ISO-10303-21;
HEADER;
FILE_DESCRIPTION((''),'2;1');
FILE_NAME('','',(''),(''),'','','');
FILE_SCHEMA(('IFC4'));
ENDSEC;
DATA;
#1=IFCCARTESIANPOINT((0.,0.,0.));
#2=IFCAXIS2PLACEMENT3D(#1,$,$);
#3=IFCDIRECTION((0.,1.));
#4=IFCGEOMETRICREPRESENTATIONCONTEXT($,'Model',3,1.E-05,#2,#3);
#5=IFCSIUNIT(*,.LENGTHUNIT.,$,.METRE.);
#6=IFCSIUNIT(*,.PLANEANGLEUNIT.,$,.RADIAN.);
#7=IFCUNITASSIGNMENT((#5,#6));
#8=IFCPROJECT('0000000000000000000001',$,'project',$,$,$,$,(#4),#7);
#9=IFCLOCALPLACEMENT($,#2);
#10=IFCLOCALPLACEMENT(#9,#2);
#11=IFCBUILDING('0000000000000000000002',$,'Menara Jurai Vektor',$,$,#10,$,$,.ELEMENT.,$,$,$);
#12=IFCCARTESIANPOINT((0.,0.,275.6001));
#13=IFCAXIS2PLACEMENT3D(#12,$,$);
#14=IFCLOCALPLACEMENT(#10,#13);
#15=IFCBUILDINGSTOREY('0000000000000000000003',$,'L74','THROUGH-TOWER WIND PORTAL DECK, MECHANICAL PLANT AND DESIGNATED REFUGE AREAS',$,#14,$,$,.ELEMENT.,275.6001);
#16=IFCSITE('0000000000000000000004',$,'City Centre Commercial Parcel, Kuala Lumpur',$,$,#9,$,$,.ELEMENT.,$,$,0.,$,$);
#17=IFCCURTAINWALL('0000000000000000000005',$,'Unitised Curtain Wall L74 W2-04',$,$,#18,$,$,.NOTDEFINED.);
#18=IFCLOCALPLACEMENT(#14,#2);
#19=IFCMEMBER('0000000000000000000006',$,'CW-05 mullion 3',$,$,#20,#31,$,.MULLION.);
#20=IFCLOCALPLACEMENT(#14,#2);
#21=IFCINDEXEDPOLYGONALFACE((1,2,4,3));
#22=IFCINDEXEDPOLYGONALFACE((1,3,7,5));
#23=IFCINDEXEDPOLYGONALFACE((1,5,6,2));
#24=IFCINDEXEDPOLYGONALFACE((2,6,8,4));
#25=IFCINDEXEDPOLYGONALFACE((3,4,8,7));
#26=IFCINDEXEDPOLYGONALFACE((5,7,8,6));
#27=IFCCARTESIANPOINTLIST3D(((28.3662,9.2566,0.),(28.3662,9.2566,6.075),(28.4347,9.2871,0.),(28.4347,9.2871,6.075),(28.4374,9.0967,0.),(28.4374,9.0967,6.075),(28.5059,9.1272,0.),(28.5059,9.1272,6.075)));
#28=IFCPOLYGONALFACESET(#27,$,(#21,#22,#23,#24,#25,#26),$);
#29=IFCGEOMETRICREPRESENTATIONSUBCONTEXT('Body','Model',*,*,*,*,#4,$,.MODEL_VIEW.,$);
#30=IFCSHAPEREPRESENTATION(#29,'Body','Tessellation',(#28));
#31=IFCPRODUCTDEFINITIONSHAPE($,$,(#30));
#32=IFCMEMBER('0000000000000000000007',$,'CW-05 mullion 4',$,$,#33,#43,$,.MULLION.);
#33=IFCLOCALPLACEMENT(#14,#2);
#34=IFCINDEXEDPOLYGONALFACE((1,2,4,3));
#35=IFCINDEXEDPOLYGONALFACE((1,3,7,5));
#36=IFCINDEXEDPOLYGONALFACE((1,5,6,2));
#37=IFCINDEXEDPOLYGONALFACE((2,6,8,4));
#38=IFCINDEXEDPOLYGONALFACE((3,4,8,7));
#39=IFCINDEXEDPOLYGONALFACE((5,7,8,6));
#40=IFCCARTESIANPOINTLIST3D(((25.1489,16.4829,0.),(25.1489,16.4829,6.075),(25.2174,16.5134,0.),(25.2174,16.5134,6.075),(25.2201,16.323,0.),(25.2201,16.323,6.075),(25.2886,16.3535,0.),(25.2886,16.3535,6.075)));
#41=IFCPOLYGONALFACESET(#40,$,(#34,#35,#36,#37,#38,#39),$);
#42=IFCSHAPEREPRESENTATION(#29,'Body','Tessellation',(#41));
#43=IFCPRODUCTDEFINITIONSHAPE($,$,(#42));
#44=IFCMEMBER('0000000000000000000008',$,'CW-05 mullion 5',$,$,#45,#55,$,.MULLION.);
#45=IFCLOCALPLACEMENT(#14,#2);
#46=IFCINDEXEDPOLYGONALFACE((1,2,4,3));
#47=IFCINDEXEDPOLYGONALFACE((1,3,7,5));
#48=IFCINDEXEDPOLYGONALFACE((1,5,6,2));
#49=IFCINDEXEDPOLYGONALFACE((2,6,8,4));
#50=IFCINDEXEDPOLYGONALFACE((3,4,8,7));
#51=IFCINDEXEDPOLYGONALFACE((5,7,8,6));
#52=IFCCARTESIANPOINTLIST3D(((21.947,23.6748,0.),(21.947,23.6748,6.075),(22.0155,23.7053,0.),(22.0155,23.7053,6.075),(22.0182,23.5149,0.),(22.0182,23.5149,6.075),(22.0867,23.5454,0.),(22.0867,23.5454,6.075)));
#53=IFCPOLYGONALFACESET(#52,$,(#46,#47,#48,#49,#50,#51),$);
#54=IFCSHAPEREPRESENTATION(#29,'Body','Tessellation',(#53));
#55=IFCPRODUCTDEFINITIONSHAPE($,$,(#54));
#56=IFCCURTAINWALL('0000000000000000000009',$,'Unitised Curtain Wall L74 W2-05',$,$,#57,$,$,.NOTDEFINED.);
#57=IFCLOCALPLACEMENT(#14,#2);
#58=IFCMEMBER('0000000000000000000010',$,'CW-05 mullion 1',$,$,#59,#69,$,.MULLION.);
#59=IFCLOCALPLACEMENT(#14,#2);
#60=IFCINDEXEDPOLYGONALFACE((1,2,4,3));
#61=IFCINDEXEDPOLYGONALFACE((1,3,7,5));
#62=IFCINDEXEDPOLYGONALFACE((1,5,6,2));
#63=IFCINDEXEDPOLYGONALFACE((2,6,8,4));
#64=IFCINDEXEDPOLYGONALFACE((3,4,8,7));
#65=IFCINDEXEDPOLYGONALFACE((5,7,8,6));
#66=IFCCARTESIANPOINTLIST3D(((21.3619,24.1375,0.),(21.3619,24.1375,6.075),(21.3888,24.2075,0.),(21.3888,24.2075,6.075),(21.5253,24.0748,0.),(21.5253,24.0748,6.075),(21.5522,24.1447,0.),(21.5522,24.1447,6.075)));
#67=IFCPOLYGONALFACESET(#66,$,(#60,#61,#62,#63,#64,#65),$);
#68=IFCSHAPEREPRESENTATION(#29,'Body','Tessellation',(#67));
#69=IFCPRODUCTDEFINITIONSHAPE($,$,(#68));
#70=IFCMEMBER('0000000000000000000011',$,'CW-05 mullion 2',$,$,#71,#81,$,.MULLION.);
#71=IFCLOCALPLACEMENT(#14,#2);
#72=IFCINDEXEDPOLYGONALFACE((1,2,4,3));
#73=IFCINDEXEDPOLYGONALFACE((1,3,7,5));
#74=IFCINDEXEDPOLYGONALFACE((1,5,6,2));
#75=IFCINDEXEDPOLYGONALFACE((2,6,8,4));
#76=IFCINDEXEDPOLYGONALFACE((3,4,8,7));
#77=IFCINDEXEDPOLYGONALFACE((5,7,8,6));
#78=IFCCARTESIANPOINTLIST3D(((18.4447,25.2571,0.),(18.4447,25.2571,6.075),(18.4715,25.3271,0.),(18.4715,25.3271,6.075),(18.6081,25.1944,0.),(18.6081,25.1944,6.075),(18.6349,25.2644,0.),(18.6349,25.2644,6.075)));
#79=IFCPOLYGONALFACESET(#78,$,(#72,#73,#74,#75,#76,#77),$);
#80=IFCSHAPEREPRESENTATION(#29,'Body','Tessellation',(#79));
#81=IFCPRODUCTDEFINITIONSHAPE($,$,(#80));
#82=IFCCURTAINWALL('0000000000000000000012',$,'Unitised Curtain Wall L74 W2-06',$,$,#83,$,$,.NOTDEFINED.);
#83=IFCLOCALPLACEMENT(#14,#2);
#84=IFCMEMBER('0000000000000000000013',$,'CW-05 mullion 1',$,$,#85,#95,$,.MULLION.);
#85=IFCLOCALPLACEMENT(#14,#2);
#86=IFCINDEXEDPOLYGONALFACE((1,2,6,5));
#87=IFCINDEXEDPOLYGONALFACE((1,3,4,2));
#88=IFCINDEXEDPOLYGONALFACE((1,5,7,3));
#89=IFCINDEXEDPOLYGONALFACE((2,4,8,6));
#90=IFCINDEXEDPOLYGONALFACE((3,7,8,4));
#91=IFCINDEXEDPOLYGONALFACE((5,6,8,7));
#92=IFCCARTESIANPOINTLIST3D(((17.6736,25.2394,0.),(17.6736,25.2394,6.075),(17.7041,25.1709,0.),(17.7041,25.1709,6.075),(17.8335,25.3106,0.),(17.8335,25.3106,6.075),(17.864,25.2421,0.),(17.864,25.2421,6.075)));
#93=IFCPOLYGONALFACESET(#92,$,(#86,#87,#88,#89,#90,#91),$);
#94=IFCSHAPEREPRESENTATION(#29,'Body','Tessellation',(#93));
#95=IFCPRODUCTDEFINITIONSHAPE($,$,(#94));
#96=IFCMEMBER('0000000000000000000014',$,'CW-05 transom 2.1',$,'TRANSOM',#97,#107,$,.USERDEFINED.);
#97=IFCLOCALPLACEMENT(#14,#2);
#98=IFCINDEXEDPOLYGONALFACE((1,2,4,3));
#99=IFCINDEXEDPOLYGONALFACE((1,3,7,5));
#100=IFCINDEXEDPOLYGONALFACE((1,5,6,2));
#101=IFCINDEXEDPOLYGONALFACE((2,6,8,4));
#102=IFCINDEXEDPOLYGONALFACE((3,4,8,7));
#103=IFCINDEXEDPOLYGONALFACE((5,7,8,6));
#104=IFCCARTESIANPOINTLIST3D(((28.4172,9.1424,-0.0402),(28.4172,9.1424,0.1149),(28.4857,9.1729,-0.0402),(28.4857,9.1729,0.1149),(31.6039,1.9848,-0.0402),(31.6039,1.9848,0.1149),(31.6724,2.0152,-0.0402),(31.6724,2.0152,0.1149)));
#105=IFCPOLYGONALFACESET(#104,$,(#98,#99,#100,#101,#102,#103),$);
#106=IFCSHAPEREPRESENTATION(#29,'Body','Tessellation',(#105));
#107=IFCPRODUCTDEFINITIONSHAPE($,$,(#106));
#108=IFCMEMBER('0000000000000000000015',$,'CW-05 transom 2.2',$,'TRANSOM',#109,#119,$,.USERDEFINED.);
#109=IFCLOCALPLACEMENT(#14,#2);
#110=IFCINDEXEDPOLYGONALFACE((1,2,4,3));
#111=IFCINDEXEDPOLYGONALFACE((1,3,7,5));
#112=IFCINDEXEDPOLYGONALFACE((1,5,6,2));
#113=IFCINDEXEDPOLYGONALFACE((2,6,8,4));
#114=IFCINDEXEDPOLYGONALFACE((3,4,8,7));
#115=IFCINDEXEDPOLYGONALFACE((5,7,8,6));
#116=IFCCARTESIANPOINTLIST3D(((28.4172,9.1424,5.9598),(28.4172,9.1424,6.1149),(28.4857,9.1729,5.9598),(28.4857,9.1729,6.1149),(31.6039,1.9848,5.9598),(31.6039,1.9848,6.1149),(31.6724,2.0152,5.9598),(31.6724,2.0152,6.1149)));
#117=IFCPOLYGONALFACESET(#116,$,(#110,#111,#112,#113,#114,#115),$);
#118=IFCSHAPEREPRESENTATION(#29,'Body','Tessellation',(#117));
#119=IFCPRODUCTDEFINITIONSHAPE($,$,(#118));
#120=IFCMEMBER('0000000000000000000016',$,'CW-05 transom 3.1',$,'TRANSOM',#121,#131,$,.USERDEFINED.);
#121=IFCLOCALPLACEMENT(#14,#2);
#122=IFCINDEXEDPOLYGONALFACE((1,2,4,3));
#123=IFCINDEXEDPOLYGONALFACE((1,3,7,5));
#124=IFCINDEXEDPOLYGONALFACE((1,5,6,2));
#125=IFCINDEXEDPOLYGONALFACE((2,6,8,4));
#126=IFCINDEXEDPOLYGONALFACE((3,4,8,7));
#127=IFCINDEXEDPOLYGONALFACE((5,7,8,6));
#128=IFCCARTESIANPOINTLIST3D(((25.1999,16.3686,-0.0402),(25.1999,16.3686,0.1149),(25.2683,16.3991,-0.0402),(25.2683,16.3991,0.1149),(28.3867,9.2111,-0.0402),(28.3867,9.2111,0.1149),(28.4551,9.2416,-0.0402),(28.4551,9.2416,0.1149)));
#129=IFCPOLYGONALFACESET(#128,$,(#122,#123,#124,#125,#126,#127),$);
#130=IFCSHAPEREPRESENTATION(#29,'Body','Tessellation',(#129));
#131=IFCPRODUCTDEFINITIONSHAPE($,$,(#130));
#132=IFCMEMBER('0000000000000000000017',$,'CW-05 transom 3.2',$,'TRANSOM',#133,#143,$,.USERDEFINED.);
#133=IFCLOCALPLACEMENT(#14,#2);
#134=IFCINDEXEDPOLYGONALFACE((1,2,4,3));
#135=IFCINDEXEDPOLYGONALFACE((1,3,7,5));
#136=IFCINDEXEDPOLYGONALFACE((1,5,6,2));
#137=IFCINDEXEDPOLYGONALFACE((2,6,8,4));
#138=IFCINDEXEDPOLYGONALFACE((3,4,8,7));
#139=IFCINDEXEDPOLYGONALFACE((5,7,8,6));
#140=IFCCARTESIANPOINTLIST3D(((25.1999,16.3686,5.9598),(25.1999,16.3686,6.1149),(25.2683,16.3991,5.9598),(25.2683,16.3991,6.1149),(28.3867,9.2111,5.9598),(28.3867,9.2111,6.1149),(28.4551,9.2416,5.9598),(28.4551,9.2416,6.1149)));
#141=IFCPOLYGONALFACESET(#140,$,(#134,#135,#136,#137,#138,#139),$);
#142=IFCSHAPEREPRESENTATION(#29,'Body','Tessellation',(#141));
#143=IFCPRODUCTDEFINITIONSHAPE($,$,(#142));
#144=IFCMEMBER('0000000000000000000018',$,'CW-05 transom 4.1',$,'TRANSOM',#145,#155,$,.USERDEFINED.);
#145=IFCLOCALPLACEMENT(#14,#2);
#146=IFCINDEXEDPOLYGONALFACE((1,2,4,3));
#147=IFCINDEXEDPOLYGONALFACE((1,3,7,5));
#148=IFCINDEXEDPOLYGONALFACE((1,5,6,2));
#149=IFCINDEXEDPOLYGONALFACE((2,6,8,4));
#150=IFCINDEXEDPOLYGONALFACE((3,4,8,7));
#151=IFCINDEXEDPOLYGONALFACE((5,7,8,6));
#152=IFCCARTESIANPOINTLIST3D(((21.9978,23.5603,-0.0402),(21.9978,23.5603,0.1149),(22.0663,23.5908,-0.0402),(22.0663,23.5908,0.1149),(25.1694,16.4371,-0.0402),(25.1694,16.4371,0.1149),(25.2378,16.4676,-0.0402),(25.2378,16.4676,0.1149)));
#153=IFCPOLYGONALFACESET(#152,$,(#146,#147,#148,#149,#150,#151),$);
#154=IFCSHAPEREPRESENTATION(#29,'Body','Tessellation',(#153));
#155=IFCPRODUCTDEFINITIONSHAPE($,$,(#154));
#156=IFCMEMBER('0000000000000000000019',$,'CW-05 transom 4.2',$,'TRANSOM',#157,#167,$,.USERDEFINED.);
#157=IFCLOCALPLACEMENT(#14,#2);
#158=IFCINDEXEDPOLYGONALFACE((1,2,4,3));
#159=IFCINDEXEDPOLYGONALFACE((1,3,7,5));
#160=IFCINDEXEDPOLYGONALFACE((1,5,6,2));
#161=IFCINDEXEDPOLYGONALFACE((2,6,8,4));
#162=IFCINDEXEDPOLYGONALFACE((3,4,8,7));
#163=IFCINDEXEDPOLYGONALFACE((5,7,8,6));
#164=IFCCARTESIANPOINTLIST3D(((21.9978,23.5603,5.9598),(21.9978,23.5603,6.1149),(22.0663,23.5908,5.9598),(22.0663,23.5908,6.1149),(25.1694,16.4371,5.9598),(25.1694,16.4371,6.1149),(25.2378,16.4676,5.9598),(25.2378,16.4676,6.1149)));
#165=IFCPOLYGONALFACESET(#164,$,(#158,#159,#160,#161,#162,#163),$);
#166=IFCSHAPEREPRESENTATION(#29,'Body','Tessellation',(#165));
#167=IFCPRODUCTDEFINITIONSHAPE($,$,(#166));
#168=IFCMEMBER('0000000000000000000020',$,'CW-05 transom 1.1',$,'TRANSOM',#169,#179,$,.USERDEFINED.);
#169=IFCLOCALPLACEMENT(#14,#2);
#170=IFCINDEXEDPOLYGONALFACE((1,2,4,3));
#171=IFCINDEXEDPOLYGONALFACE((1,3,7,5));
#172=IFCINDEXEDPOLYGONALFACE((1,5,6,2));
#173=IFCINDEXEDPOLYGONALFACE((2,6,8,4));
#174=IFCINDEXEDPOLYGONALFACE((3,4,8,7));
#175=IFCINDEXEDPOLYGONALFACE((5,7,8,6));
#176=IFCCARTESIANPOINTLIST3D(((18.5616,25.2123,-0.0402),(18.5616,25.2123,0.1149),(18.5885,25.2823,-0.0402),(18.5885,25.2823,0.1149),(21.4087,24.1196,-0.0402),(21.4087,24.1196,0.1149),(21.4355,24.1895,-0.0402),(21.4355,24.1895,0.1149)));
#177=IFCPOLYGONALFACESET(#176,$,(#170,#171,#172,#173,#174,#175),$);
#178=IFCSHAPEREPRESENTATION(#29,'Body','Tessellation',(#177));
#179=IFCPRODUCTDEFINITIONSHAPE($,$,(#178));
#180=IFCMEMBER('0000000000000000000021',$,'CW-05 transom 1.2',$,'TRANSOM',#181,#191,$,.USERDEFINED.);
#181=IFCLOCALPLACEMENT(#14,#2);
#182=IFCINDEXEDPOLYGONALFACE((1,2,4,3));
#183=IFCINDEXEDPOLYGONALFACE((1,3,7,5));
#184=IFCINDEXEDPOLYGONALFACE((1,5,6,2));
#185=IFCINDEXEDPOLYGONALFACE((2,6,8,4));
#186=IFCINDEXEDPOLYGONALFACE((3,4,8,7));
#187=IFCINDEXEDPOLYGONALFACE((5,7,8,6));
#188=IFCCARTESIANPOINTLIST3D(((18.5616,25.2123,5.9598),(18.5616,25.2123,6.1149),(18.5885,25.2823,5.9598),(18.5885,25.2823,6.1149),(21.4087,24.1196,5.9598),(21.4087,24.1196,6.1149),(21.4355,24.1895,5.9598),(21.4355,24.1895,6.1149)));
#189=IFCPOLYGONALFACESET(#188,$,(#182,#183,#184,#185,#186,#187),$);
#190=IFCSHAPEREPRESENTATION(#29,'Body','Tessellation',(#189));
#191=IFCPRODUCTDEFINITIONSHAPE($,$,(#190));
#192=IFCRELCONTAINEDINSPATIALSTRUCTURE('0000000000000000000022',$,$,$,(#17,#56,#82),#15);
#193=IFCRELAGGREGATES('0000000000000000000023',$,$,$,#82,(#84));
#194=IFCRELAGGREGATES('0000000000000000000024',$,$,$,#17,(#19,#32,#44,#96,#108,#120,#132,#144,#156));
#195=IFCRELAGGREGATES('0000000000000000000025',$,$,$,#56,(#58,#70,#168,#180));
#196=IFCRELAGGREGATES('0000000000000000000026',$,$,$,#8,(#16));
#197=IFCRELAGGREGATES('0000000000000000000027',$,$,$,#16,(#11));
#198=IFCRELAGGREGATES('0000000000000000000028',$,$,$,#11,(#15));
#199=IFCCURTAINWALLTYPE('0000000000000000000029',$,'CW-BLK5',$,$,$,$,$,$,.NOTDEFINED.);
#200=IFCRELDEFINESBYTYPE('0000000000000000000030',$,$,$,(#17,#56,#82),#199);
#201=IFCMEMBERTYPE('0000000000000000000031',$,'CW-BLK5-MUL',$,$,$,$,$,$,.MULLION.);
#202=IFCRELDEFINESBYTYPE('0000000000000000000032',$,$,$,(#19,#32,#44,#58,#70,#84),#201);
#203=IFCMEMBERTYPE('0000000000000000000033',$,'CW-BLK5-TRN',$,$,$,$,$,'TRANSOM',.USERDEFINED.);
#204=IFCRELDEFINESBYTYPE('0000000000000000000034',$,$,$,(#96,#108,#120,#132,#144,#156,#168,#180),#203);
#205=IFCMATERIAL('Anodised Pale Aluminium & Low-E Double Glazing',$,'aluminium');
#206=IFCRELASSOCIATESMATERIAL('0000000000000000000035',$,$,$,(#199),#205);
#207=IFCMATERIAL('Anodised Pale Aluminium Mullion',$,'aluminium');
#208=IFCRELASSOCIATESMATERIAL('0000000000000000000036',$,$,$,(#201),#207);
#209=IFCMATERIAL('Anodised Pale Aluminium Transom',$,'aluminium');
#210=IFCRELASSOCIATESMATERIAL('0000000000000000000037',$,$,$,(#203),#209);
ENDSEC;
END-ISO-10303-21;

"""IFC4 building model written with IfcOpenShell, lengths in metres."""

from ifc_helpers import new_model, si_unit, direction, frame, origin, origin_2d, place, context, subcontext, project, spatial, rectangle, extrude, material, material_profile, profile_set, type_object, element, aggregate, save


model = new_model("IFC4")

# Units and contexts
model_context = context("Model", 3, precision=1e-05, world=origin(), true_north=direction((0.0, 1.0)))
body_context = subcontext(model_context, "Body", "Model", "MODEL_VIEW")
ifc_project = project(units=[si_unit("LENGTHUNIT", "METRE"), si_unit("PLANEANGLEUNIT", "RADIAN")], contexts=[model_context])

# Site, building, storey
site_placement = place(None, origin())
site = spatial("IfcSite", under=ifc_project, at=site_placement, Name="City Centre Commercial Parcel, Kuala Lumpur", CompositionType="ELEMENT", RefElevation=0.0)
building_placement = place(site_placement, origin())
building = spatial("IfcBuilding", under=site, at=building_placement, Name="Menara Jurai Vektor", CompositionType="ELEMENT")
storey_placement = place(building_placement, frame((0.0, 0.0, 275.6001)))
storey = spatial("IfcBuildingStorey", under=building, at=storey_placement, Name="L74", Description="THROUGH-TOWER WIND PORTAL DECK, MECHANICAL PLANT AND DESIGNATED REFUGE AREAS", CompositionType="ELEMENT", Elevation=275.6001)

# Curtain walls, members
ifc_material_1 = material(Name="Anodised Pale Aluminium & Low-E Double Glazing", Category="aluminium")
curtain_wall_type = type_object("IfcCurtainWallType", Name="CW-BLK5", PredefinedType="NOTDEFINED", material=ifc_material_1)
curtain_wall_1_placement = place(storey_placement, origin())
curtain_wall_1 = element("IfcCurtainWall", 1, at=curtain_wall_1_placement, inside=storey, type_object=curtain_wall_type, Name="Unitised Curtain Wall L74 W2-04", PredefinedType="NOTDEFINED")
ifc_material_2 = material(Name="Anodised Pale Aluminium Mullion", Category="aluminium")
ifc_material_profile_1 = material_profile(ifc_material_2, rectangle(XDim=0.075, YDim=0.175, at=origin_2d()), Name="ALU MUL 75x175")
ifc_profile_set_1 = profile_set([ifc_material_profile_1], Name="Anodised Pale Aluminium Mullion")
member_type_1 = type_object("IfcMemberType", Name="CW-BLK5-MUL", PredefinedType="MULLION", material=ifc_profile_set_1)
member_1_placement = place(storey_placement, frame((28.436, 9.1919, 0.0), z_axis=(0.0, 0.0, 1.0), x_axis=(-0.913546, -0.406735, 0.0)))
member_1 = element("IfcMember", 2, at=member_1_placement, type_object=member_type_1, Name="CW-05 mullion 3", PredefinedType="MULLION", context=body_context, shape_type="SweptSolid", body=[
    extrude(rectangle(XDim=0.075, YDim=0.175, at=origin_2d()), origin(), (0.0, 0.0, 1.0), 6.075),
])
member_2_placement = place(storey_placement, frame((25.2188, 16.4182, 0.0), z_axis=(0.0, 0.0, 1.0), x_axis=(-0.913546, -0.406735, 0.0)))
member_2 = element("IfcMember", 3, at=member_2_placement, type_object=member_type_1, Name="CW-05 mullion 4", PredefinedType="MULLION", context=body_context, shape_type="SweptSolid", body=[
    extrude(rectangle(XDim=0.075, YDim=0.175, at=origin_2d()), origin(), (0.0, 0.0, 1.0), 6.075),
])
member_3_placement = place(storey_placement, frame((22.0168, 23.6101, 0.0), z_axis=(0.0, 0.0, 1.0), x_axis=(-0.913546, -0.406735, 0.0)))
member_3 = element("IfcMember", 4, at=member_3_placement, type_object=member_type_1, Name="CW-05 mullion 5", PredefinedType="MULLION", context=body_context, shape_type="SweptSolid", body=[
    extrude(rectangle(XDim=0.075, YDim=0.175, at=origin_2d()), origin(), (0.0, 0.0, 1.0), 6.075),
])
curtain_wall_2_placement = place(storey_placement, origin())
curtain_wall_2 = element("IfcCurtainWall", 5, at=curtain_wall_2_placement, inside=storey, type_object=curtain_wall_type, Name="Unitised Curtain Wall L74 W2-05", PredefinedType="NOTDEFINED")
member_4_placement = place(storey_placement, frame((21.457, 24.1411, 0.0), z_axis=(0.0, 0.0, 1.0), x_axis=(-0.358374, -0.933578, 0.0)))
member_4 = element("IfcMember", 6, at=member_4_placement, type_object=member_type_1, Name="CW-05 mullion 1", PredefinedType="MULLION", context=body_context, shape_type="SweptSolid", body=[
    extrude(rectangle(XDim=0.075, YDim=0.175, at=origin_2d()), origin(), (0.0, 0.0, 1.0), 6.075),
])
member_5_placement = place(storey_placement, frame((18.5398, 25.2607, 0.0), z_axis=(0.0, 0.0, 1.0), x_axis=(-0.358374, -0.933578, 0.0)))
member_5 = element("IfcMember", 7, at=member_5_placement, type_object=member_type_1, Name="CW-05 mullion 2", PredefinedType="MULLION", context=body_context, shape_type="SweptSolid", body=[
    extrude(rectangle(XDim=0.075, YDim=0.175, at=origin_2d()), origin(), (0.0, 0.0, 1.0), 6.075),
])

# Curtain wall, member
curtain_wall_3_placement = place(storey_placement, origin())
curtain_wall_3 = element("IfcCurtainWall", 8, at=curtain_wall_3_placement, inside=storey, type_object=curtain_wall_type, Name="Unitised Curtain Wall L74 W2-06", PredefinedType="NOTDEFINED")
member_6_placement = place(storey_placement, frame((17.7688, 25.2407, 0.0), z_axis=(0.0, 0.0, 1.0), x_axis=(0.406733, -0.913547, 0.0)))
member_6 = element("IfcMember", 9, at=member_6_placement, type_object=member_type_1, Name="CW-05 mullion 1", PredefinedType="MULLION", context=body_context, shape_type="SweptSolid", body=[
    extrude(rectangle(XDim=0.075, YDim=0.175, at=origin_2d()), origin(), (0.0, 0.0, 1.0), 6.075),
])

# Members
ifc_material_3 = material(Name="Anodised Pale Aluminium Transom", Category="aluminium")
ifc_material_profile_2 = material_profile(ifc_material_3, rectangle(XDim=0.075, YDim=0.155, at=origin_2d()), Name="ALU TRN 75x155")
ifc_profile_set_2 = profile_set([ifc_material_profile_2], Name="Anodised Pale Aluminium Transom")
member_type_2 = type_object("IfcMemberType", Name="CW-BLK5-TRN", ElementType="TRANSOM", PredefinedType="USERDEFINED", material=ifc_profile_set_2)
member_7_placement = place(storey_placement, frame((31.6382, 2.0, 0.0374), z_axis=(-0.406731, 0.913548, 0.0), x_axis=(-0.913548, -0.406731, 0.0)))
member_7 = element("IfcMember", 10, at=member_7_placement, type_object=member_type_2, Name="CW-05 transom 2.1", ObjectType="TRANSOM", PredefinedType="USERDEFINED", context=body_context, shape_type="SweptSolid", body=[
    extrude(rectangle(XDim=0.075, YDim=0.155, at=origin_2d()), origin(), (0.0, 0.0, 1.0), 7.835),
])
member_8_placement = place(storey_placement, frame((31.6382, 2.0, 6.0374), z_axis=(-0.406731, 0.913548, 0.0), x_axis=(-0.913548, -0.406731, 0.0)))
member_8 = element("IfcMember", 11, at=member_8_placement, type_object=member_type_2, Name="CW-05 transom 2.2", ObjectType="TRANSOM", PredefinedType="USERDEFINED", context=body_context, shape_type="SweptSolid", body=[
    extrude(rectangle(XDim=0.075, YDim=0.155, at=origin_2d()), origin(), (0.0, 0.0, 1.0), 7.835),
])
member_9_placement = place(storey_placement, frame((28.4209, 9.2263, 0.0374), z_axis=(-0.406743, 0.913543, 0.0), x_axis=(-0.913543, -0.406743, 0.0)))
member_9 = element("IfcMember", 12, at=member_9_placement, type_object=member_type_2, Name="CW-05 transom 3.1", ObjectType="TRANSOM", PredefinedType="USERDEFINED", context=body_context, shape_type="SweptSolid", body=[
    extrude(rectangle(XDim=0.075, YDim=0.155, at=origin_2d()), origin(), (0.0, 0.0, 1.0), 7.835),
])
member_10_placement = place(storey_placement, frame((28.4209, 9.2263, 6.0374), z_axis=(-0.406743, 0.913543, 0.0), x_axis=(-0.913543, -0.406743, 0.0)))
member_10 = element("IfcMember", 13, at=member_10_placement, type_object=member_type_2, Name="CW-05 transom 3.2", ObjectType="TRANSOM", PredefinedType="USERDEFINED", context=body_context, shape_type="SweptSolid", body=[
    extrude(rectangle(XDim=0.075, YDim=0.155, at=origin_2d()), origin(), (0.0, 0.0, 1.0), 7.835),
])
member_11_placement = place(storey_placement, frame((25.2036, 16.4524, 0.0374), z_axis=(-0.406751, 0.913539, 0.0), x_axis=(-0.913539, -0.406751, 0.0)))
member_11 = element("IfcMember", 14, at=member_11_placement, type_object=member_type_2, Name="CW-05 transom 4.1", ObjectType="TRANSOM", PredefinedType="USERDEFINED", context=body_context, shape_type="SweptSolid", body=[
    extrude(rectangle(XDim=0.075, YDim=0.155, at=origin_2d()), origin(), (0.0, 0.0, 1.0), 7.7974),
])
member_12_placement = place(storey_placement, frame((25.2036, 16.4524, 6.0374), z_axis=(-0.406751, 0.913539, 0.0), x_axis=(-0.913539, -0.406751, 0.0)))
member_12 = element("IfcMember", 15, at=member_12_placement, type_object=member_type_2, Name="CW-05 transom 4.2", ObjectType="TRANSOM", PredefinedType="USERDEFINED", context=body_context, shape_type="SweptSolid", body=[
    extrude(rectangle(XDim=0.075, YDim=0.155, at=origin_2d()), origin(), (0.0, 0.0, 1.0), 7.7974),
])
member_13_placement = place(storey_placement, frame((21.4221, 24.1545, 0.0374), z_axis=(-0.933597, 0.358325, 0.0), x_axis=(-0.358325, -0.933597, 0.0)))
member_13 = element("IfcMember", 16, at=member_13_placement, type_object=member_type_2, Name="CW-05 transom 1.1", ObjectType="TRANSOM", PredefinedType="USERDEFINED", context=body_context, shape_type="SweptSolid", body=[
    extrude(rectangle(XDim=0.075, YDim=0.155, at=origin_2d()), origin(), (0.0, 0.0, 1.0), 3.0496),
])
member_14_placement = place(storey_placement, frame((21.4221, 24.1545, 6.0374), z_axis=(-0.933597, 0.358325, 0.0), x_axis=(-0.358325, -0.933597, 0.0)))
member_14 = element("IfcMember", 17, at=member_14_placement, type_object=member_type_2, Name="CW-05 transom 1.2", ObjectType="TRANSOM", PredefinedType="USERDEFINED", context=body_context, shape_type="SweptSolid", body=[
    extrude(rectangle(XDim=0.075, YDim=0.155, at=origin_2d()), origin(), (0.0, 0.0, 1.0), 3.0496),
])
aggregate(curtain_wall_3, [member_6])

aggregate(curtain_wall_1, [member_1, member_2, member_3, member_7, member_8, member_9, member_10, member_11, member_12])
aggregate(curtain_wall_2, [member_4, member_5, member_13, member_14])

save(model, "model.ifc")
